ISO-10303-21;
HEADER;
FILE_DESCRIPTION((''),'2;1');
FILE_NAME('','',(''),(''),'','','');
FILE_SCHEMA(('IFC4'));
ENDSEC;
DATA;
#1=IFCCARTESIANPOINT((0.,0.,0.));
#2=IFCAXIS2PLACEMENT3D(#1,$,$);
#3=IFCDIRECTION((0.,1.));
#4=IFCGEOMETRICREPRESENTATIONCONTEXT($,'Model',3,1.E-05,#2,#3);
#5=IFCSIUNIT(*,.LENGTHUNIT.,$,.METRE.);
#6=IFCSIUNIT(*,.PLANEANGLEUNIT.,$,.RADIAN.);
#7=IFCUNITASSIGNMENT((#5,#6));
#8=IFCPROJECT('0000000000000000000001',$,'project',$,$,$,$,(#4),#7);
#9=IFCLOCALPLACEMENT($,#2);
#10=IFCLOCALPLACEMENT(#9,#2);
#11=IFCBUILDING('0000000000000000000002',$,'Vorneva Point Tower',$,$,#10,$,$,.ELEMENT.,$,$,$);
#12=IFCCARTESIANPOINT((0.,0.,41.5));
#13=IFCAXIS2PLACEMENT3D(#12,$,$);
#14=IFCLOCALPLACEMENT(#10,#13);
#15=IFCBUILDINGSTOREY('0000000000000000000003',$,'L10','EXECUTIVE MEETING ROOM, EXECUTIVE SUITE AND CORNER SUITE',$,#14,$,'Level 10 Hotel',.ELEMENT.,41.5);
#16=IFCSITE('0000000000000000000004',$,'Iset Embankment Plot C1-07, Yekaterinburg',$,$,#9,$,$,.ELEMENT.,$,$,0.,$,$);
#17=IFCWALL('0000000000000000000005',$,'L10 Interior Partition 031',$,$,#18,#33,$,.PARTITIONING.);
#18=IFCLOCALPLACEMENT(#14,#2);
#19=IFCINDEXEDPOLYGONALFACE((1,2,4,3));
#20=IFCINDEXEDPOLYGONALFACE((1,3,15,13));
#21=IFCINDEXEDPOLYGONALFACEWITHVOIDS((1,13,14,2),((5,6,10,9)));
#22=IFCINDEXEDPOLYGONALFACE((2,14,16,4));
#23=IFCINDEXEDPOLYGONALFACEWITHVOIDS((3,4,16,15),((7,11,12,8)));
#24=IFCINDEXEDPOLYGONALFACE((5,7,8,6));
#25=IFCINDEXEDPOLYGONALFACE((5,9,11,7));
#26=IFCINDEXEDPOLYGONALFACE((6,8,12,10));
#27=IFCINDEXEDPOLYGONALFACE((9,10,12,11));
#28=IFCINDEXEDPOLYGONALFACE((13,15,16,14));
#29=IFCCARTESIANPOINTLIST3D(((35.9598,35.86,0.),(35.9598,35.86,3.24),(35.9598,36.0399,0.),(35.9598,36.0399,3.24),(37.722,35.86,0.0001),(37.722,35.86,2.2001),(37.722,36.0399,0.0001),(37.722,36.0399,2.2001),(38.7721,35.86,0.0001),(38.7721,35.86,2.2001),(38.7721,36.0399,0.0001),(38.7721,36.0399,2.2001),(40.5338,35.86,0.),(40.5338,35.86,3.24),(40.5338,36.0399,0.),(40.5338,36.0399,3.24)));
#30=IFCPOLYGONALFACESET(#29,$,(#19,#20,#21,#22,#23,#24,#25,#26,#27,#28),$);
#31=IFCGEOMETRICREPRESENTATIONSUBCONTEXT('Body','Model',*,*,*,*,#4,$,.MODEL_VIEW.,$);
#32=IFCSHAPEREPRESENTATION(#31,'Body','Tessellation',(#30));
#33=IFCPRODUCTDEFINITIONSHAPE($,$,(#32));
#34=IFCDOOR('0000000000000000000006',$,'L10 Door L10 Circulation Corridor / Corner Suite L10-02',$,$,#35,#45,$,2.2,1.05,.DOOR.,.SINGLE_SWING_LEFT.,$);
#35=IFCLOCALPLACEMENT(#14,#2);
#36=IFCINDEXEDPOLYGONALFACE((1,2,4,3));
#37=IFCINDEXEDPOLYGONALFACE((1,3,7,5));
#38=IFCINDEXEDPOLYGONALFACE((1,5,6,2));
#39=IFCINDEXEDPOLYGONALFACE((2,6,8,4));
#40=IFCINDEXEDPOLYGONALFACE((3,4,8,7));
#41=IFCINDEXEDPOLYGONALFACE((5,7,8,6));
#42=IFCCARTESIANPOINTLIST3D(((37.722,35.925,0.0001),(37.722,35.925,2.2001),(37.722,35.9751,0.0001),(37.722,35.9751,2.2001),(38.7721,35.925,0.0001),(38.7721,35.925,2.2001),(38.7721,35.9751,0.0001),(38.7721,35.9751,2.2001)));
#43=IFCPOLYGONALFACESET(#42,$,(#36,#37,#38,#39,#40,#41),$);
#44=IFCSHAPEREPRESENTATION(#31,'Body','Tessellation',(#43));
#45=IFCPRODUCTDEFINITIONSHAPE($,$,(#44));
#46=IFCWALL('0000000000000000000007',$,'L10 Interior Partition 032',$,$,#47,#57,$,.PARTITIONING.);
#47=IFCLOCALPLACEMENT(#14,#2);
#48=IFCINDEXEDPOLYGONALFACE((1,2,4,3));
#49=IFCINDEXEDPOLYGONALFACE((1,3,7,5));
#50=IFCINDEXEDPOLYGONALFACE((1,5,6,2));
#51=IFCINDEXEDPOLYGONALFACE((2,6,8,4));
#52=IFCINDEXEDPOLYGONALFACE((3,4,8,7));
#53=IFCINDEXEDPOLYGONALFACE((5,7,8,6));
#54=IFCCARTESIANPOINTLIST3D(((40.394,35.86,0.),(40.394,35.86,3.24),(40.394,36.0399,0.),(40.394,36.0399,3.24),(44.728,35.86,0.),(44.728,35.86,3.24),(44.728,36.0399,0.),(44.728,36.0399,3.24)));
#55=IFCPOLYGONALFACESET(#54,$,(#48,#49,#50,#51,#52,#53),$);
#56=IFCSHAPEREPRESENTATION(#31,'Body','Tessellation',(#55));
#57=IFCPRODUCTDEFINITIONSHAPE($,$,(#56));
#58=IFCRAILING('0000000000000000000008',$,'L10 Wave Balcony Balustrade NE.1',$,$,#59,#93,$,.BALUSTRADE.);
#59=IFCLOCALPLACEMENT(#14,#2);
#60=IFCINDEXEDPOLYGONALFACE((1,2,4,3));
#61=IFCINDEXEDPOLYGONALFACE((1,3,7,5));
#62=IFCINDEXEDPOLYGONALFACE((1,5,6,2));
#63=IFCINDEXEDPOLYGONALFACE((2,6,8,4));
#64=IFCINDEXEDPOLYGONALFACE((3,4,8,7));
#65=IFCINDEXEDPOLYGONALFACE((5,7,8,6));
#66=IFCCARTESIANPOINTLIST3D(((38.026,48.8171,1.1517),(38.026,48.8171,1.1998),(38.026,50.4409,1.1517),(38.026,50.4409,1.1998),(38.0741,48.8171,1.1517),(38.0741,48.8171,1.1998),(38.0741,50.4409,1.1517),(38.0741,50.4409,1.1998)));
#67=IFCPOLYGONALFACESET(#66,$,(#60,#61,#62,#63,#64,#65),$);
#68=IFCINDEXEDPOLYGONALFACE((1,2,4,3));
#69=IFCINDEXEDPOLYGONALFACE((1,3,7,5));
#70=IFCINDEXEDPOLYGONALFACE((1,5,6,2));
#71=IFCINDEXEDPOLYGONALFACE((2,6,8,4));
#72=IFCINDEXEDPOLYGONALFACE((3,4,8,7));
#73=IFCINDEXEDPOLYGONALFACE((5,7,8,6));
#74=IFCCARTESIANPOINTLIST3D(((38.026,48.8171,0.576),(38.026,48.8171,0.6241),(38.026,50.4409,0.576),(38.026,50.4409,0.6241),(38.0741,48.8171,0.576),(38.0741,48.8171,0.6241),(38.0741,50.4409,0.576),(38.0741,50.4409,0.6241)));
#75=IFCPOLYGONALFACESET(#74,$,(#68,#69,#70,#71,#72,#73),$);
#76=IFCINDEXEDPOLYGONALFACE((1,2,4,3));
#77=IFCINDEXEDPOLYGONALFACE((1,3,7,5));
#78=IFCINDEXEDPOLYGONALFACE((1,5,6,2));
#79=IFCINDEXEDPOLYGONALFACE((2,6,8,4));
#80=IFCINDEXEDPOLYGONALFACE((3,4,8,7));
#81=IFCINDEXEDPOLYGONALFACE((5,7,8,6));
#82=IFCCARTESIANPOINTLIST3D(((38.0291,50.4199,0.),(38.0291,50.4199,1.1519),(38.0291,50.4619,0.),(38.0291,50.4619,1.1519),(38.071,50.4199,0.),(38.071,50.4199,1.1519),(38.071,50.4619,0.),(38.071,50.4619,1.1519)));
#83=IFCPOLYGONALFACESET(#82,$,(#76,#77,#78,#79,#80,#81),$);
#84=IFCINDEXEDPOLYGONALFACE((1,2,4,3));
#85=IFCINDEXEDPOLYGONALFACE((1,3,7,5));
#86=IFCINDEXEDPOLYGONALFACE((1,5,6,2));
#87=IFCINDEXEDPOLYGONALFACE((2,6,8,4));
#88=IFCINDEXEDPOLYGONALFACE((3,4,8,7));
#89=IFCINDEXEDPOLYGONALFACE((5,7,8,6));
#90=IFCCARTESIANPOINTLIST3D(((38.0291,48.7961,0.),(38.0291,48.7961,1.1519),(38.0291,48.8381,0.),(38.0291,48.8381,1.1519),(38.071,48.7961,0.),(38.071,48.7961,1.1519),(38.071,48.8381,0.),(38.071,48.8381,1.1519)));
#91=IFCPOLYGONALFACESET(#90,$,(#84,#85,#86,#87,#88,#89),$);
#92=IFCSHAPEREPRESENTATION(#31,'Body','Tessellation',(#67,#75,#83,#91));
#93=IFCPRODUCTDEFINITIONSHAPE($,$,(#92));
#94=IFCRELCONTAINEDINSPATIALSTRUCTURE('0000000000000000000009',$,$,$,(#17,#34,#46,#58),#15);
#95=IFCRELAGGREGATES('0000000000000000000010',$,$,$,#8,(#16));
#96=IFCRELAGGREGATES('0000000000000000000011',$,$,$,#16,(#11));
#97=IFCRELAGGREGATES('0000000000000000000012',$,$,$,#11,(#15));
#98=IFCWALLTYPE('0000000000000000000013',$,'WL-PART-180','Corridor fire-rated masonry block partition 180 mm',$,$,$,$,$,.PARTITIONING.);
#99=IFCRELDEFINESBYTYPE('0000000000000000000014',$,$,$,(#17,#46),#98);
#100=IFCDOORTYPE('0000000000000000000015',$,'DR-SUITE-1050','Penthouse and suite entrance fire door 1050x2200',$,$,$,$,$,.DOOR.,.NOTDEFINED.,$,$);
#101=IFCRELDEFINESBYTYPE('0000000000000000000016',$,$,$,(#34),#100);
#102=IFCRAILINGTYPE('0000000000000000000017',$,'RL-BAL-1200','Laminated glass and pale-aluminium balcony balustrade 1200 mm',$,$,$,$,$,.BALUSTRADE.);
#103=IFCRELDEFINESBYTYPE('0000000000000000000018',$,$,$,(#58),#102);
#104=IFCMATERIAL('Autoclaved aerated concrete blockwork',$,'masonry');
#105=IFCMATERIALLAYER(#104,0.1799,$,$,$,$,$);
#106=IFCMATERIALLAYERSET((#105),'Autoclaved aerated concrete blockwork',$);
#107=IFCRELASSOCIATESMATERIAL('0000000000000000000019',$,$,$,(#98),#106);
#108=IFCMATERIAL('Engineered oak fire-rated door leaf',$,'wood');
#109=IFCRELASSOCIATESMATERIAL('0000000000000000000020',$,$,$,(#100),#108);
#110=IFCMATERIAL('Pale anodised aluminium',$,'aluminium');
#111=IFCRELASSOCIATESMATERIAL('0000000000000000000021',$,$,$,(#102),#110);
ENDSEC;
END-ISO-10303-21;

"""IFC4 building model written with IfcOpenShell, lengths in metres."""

from ifc_helpers import new_model, si_unit, direction, frame, frame_2d, origin, origin_2d, place, context, subcontext, project, spatial, rectangle, extrude, material, layer, layer_set, type_object, element, fill, save


model = new_model("IFC4")

# Units and contexts
model_context = context("Model", 3, precision=1e-05, world=origin(), true_north=direction((0.0, 1.0)))
body_context = subcontext(model_context, "Body", "Model", "MODEL_VIEW")
ifc_project = project(units=[si_unit("LENGTHUNIT", "METRE"), si_unit("PLANEANGLEUNIT", "RADIAN")], contexts=[model_context])

# Site, building, storey
site_placement = place(None, origin())
site = spatial("IfcSite", under=ifc_project, at=site_placement, Name="Iset Embankment Plot C1-07, Yekaterinburg", CompositionType="ELEMENT", RefElevation=0.0)
building_placement = place(site_placement, origin())
building = spatial("IfcBuilding", under=site, at=building_placement, Name="Vorneva Point Tower", CompositionType="ELEMENT")
storey_placement = place(building_placement, frame((0.0, 0.0, 41.5)))
storey = spatial("IfcBuildingStorey", under=building, at=storey_placement, Name="L10", Description="EXECUTIVE MEETING ROOM, EXECUTIVE SUITE AND CORNER SUITE", LongName="Level 10 Hotel", CompositionType="ELEMENT", Elevation=41.5)

# Shared definitions
ifc_material_1 = material(Name="Pale anodised aluminium", Category="aluminium")

# Shared definitions
ifc_material_2 = material(Name="Engineered oak fire-rated door leaf", Category="wood")

# Wall, opening, door
ifc_material_3 = material(Name="Autoclaved aerated concrete blockwork", Category="masonry")
ifc_layer_1 = layer(ifc_material_3, 0.1799)
ifc_layer_set_1 = layer_set([ifc_layer_1], Name="Autoclaved aerated concrete blockwork")
wall_type_1 = type_object("IfcWallType", Name="WL-PART-180", Description="Corridor fire-rated masonry block partition 180 mm", PredefinedType="PARTITIONING", material=ifc_layer_set_1)
wall_1_placement = place(storey_placement, frame((40.5339, 35.95, 0.0), z_axis=(0.0, 0.0, 1.0), x_axis=(-1.0, 0.0, 0.0)))
wall_1 = element("IfcWall", 1, at=wall_1_placement, inside=storey, type_object=wall_type_1, Name="L10 Interior Partition 031", PredefinedType="PARTITIONING", context=body_context, shape_type="SweptSolid", body=[
    extrude(rectangle(XDim=4.574, YDim=0.1799, at=frame_2d((2.2871, 0.0))), origin(), (0.0, 0.0, 1.0), 3.24),
])
opening_1_placement = place(wall_1_placement, frame((1.762, 0.0, 0.0)))
opening_1 = element("IfcOpeningElement", 2, at=opening_1_placement, cuts=wall_1, PredefinedType="OPENING", context=body_context, shape_type="SweptSolid", body=[
    extrude(rectangle(XDim=1.05, YDim=2.2, at=frame_2d((0.5249, 1.1001))), frame((0.0, 0.105, 0.0), z_axis=(0.0, -1.0, 0.0), x_axis=(1.0, 0.0, 0.0)), (0.0, 0.0, 1.0), 0.2097),
])
door_type_1 = type_object("IfcDoorType", Name="DR-SUITE-1050", Description="Penthouse and suite entrance fire door 1050x2200", OperationType="NOTDEFINED", PredefinedType="DOOR", material=ifc_material_2)
door_1_placement = place(opening_1_placement, origin())
door_1 = element("IfcDoor", 3, at=door_1_placement, inside=storey, type_object=door_type_1, Name="L10 Door L10 Circulation Corridor / Corner Suite L10-02", OperationType="SINGLE_SWING_LEFT", OverallHeight=2.2, OverallWidth=1.05, PredefinedType="DOOR", context=body_context, shape_type="SweptSolid", body=[
    extrude(rectangle(XDim=1.05, YDim=2.2, at=frame_2d((0.5249, 1.1001))), frame((0.0, 0.0249, 0.0), z_axis=(0.0, -1.0, 0.0), x_axis=(1.0, 0.0, 0.0)), (0.0, 0.0, 1.0), 0.05),
])
fill(opening_1, door_1)

# Wall
wall_2_placement = place(storey_placement, frame((44.728, 35.95, 0.0), z_axis=(0.0, 0.0, 1.0), x_axis=(-1.0, 0.0, 0.0)))
element("IfcWall", 4, at=wall_2_placement, inside=storey, type_object=wall_type_1, Name="L10 Interior Partition 032", PredefinedType="PARTITIONING", context=body_context, shape_type="SweptSolid", body=[
    extrude(rectangle(XDim=4.334, YDim=0.1799, at=frame_2d((2.167, 0.0))), origin(), (0.0, 0.0, 1.0), 3.24),
])

# Railing
railing_type = type_object("IfcRailingType", Name="RL-BAL-1200", Description="Laminated glass and pale-aluminium balcony balustrade 1200 mm", PredefinedType="BALUSTRADE", material=ifc_material_1)
railing_placement = place(storey_placement, frame((38.05, 50.4409, 0.0)))
element("IfcRailing", 5, at=railing_placement, inside=storey, type_object=railing_type, Name="L10 Wave Balcony Balustrade NE.1", PredefinedType="BALUSTRADE", context=body_context, shape_type="SweptSolid", body=[
    extrude(rectangle(XDim=0.0481, YDim=0.0481, at=origin_2d()), frame((0.0, 0.0, 1.1758), z_axis=(0.0, -1.0, 0.0), x_axis=(1.0, 0.0, 0.0)), (0.0, 0.0, 1.0), 1.6238),
    extrude(rectangle(XDim=0.0481, YDim=0.0481, at=origin_2d()), frame((0.0, 0.0, 0.6001), z_axis=(0.0, -1.0, 0.0), x_axis=(1.0, 0.0, 0.0)), (0.0, 0.0, 1.0), 1.6238),
    extrude(rectangle(XDim=0.042, YDim=0.042, at=origin_2d()), origin(), (0.0, 0.0, 1.0), 1.1519),
    extrude(rectangle(XDim=0.042, YDim=0.042, at=origin_2d()), frame((0.0, -1.6238, 0.0)), (0.0, 0.0, 1.0), 1.1519),
])

save(model, "model.ifc")
